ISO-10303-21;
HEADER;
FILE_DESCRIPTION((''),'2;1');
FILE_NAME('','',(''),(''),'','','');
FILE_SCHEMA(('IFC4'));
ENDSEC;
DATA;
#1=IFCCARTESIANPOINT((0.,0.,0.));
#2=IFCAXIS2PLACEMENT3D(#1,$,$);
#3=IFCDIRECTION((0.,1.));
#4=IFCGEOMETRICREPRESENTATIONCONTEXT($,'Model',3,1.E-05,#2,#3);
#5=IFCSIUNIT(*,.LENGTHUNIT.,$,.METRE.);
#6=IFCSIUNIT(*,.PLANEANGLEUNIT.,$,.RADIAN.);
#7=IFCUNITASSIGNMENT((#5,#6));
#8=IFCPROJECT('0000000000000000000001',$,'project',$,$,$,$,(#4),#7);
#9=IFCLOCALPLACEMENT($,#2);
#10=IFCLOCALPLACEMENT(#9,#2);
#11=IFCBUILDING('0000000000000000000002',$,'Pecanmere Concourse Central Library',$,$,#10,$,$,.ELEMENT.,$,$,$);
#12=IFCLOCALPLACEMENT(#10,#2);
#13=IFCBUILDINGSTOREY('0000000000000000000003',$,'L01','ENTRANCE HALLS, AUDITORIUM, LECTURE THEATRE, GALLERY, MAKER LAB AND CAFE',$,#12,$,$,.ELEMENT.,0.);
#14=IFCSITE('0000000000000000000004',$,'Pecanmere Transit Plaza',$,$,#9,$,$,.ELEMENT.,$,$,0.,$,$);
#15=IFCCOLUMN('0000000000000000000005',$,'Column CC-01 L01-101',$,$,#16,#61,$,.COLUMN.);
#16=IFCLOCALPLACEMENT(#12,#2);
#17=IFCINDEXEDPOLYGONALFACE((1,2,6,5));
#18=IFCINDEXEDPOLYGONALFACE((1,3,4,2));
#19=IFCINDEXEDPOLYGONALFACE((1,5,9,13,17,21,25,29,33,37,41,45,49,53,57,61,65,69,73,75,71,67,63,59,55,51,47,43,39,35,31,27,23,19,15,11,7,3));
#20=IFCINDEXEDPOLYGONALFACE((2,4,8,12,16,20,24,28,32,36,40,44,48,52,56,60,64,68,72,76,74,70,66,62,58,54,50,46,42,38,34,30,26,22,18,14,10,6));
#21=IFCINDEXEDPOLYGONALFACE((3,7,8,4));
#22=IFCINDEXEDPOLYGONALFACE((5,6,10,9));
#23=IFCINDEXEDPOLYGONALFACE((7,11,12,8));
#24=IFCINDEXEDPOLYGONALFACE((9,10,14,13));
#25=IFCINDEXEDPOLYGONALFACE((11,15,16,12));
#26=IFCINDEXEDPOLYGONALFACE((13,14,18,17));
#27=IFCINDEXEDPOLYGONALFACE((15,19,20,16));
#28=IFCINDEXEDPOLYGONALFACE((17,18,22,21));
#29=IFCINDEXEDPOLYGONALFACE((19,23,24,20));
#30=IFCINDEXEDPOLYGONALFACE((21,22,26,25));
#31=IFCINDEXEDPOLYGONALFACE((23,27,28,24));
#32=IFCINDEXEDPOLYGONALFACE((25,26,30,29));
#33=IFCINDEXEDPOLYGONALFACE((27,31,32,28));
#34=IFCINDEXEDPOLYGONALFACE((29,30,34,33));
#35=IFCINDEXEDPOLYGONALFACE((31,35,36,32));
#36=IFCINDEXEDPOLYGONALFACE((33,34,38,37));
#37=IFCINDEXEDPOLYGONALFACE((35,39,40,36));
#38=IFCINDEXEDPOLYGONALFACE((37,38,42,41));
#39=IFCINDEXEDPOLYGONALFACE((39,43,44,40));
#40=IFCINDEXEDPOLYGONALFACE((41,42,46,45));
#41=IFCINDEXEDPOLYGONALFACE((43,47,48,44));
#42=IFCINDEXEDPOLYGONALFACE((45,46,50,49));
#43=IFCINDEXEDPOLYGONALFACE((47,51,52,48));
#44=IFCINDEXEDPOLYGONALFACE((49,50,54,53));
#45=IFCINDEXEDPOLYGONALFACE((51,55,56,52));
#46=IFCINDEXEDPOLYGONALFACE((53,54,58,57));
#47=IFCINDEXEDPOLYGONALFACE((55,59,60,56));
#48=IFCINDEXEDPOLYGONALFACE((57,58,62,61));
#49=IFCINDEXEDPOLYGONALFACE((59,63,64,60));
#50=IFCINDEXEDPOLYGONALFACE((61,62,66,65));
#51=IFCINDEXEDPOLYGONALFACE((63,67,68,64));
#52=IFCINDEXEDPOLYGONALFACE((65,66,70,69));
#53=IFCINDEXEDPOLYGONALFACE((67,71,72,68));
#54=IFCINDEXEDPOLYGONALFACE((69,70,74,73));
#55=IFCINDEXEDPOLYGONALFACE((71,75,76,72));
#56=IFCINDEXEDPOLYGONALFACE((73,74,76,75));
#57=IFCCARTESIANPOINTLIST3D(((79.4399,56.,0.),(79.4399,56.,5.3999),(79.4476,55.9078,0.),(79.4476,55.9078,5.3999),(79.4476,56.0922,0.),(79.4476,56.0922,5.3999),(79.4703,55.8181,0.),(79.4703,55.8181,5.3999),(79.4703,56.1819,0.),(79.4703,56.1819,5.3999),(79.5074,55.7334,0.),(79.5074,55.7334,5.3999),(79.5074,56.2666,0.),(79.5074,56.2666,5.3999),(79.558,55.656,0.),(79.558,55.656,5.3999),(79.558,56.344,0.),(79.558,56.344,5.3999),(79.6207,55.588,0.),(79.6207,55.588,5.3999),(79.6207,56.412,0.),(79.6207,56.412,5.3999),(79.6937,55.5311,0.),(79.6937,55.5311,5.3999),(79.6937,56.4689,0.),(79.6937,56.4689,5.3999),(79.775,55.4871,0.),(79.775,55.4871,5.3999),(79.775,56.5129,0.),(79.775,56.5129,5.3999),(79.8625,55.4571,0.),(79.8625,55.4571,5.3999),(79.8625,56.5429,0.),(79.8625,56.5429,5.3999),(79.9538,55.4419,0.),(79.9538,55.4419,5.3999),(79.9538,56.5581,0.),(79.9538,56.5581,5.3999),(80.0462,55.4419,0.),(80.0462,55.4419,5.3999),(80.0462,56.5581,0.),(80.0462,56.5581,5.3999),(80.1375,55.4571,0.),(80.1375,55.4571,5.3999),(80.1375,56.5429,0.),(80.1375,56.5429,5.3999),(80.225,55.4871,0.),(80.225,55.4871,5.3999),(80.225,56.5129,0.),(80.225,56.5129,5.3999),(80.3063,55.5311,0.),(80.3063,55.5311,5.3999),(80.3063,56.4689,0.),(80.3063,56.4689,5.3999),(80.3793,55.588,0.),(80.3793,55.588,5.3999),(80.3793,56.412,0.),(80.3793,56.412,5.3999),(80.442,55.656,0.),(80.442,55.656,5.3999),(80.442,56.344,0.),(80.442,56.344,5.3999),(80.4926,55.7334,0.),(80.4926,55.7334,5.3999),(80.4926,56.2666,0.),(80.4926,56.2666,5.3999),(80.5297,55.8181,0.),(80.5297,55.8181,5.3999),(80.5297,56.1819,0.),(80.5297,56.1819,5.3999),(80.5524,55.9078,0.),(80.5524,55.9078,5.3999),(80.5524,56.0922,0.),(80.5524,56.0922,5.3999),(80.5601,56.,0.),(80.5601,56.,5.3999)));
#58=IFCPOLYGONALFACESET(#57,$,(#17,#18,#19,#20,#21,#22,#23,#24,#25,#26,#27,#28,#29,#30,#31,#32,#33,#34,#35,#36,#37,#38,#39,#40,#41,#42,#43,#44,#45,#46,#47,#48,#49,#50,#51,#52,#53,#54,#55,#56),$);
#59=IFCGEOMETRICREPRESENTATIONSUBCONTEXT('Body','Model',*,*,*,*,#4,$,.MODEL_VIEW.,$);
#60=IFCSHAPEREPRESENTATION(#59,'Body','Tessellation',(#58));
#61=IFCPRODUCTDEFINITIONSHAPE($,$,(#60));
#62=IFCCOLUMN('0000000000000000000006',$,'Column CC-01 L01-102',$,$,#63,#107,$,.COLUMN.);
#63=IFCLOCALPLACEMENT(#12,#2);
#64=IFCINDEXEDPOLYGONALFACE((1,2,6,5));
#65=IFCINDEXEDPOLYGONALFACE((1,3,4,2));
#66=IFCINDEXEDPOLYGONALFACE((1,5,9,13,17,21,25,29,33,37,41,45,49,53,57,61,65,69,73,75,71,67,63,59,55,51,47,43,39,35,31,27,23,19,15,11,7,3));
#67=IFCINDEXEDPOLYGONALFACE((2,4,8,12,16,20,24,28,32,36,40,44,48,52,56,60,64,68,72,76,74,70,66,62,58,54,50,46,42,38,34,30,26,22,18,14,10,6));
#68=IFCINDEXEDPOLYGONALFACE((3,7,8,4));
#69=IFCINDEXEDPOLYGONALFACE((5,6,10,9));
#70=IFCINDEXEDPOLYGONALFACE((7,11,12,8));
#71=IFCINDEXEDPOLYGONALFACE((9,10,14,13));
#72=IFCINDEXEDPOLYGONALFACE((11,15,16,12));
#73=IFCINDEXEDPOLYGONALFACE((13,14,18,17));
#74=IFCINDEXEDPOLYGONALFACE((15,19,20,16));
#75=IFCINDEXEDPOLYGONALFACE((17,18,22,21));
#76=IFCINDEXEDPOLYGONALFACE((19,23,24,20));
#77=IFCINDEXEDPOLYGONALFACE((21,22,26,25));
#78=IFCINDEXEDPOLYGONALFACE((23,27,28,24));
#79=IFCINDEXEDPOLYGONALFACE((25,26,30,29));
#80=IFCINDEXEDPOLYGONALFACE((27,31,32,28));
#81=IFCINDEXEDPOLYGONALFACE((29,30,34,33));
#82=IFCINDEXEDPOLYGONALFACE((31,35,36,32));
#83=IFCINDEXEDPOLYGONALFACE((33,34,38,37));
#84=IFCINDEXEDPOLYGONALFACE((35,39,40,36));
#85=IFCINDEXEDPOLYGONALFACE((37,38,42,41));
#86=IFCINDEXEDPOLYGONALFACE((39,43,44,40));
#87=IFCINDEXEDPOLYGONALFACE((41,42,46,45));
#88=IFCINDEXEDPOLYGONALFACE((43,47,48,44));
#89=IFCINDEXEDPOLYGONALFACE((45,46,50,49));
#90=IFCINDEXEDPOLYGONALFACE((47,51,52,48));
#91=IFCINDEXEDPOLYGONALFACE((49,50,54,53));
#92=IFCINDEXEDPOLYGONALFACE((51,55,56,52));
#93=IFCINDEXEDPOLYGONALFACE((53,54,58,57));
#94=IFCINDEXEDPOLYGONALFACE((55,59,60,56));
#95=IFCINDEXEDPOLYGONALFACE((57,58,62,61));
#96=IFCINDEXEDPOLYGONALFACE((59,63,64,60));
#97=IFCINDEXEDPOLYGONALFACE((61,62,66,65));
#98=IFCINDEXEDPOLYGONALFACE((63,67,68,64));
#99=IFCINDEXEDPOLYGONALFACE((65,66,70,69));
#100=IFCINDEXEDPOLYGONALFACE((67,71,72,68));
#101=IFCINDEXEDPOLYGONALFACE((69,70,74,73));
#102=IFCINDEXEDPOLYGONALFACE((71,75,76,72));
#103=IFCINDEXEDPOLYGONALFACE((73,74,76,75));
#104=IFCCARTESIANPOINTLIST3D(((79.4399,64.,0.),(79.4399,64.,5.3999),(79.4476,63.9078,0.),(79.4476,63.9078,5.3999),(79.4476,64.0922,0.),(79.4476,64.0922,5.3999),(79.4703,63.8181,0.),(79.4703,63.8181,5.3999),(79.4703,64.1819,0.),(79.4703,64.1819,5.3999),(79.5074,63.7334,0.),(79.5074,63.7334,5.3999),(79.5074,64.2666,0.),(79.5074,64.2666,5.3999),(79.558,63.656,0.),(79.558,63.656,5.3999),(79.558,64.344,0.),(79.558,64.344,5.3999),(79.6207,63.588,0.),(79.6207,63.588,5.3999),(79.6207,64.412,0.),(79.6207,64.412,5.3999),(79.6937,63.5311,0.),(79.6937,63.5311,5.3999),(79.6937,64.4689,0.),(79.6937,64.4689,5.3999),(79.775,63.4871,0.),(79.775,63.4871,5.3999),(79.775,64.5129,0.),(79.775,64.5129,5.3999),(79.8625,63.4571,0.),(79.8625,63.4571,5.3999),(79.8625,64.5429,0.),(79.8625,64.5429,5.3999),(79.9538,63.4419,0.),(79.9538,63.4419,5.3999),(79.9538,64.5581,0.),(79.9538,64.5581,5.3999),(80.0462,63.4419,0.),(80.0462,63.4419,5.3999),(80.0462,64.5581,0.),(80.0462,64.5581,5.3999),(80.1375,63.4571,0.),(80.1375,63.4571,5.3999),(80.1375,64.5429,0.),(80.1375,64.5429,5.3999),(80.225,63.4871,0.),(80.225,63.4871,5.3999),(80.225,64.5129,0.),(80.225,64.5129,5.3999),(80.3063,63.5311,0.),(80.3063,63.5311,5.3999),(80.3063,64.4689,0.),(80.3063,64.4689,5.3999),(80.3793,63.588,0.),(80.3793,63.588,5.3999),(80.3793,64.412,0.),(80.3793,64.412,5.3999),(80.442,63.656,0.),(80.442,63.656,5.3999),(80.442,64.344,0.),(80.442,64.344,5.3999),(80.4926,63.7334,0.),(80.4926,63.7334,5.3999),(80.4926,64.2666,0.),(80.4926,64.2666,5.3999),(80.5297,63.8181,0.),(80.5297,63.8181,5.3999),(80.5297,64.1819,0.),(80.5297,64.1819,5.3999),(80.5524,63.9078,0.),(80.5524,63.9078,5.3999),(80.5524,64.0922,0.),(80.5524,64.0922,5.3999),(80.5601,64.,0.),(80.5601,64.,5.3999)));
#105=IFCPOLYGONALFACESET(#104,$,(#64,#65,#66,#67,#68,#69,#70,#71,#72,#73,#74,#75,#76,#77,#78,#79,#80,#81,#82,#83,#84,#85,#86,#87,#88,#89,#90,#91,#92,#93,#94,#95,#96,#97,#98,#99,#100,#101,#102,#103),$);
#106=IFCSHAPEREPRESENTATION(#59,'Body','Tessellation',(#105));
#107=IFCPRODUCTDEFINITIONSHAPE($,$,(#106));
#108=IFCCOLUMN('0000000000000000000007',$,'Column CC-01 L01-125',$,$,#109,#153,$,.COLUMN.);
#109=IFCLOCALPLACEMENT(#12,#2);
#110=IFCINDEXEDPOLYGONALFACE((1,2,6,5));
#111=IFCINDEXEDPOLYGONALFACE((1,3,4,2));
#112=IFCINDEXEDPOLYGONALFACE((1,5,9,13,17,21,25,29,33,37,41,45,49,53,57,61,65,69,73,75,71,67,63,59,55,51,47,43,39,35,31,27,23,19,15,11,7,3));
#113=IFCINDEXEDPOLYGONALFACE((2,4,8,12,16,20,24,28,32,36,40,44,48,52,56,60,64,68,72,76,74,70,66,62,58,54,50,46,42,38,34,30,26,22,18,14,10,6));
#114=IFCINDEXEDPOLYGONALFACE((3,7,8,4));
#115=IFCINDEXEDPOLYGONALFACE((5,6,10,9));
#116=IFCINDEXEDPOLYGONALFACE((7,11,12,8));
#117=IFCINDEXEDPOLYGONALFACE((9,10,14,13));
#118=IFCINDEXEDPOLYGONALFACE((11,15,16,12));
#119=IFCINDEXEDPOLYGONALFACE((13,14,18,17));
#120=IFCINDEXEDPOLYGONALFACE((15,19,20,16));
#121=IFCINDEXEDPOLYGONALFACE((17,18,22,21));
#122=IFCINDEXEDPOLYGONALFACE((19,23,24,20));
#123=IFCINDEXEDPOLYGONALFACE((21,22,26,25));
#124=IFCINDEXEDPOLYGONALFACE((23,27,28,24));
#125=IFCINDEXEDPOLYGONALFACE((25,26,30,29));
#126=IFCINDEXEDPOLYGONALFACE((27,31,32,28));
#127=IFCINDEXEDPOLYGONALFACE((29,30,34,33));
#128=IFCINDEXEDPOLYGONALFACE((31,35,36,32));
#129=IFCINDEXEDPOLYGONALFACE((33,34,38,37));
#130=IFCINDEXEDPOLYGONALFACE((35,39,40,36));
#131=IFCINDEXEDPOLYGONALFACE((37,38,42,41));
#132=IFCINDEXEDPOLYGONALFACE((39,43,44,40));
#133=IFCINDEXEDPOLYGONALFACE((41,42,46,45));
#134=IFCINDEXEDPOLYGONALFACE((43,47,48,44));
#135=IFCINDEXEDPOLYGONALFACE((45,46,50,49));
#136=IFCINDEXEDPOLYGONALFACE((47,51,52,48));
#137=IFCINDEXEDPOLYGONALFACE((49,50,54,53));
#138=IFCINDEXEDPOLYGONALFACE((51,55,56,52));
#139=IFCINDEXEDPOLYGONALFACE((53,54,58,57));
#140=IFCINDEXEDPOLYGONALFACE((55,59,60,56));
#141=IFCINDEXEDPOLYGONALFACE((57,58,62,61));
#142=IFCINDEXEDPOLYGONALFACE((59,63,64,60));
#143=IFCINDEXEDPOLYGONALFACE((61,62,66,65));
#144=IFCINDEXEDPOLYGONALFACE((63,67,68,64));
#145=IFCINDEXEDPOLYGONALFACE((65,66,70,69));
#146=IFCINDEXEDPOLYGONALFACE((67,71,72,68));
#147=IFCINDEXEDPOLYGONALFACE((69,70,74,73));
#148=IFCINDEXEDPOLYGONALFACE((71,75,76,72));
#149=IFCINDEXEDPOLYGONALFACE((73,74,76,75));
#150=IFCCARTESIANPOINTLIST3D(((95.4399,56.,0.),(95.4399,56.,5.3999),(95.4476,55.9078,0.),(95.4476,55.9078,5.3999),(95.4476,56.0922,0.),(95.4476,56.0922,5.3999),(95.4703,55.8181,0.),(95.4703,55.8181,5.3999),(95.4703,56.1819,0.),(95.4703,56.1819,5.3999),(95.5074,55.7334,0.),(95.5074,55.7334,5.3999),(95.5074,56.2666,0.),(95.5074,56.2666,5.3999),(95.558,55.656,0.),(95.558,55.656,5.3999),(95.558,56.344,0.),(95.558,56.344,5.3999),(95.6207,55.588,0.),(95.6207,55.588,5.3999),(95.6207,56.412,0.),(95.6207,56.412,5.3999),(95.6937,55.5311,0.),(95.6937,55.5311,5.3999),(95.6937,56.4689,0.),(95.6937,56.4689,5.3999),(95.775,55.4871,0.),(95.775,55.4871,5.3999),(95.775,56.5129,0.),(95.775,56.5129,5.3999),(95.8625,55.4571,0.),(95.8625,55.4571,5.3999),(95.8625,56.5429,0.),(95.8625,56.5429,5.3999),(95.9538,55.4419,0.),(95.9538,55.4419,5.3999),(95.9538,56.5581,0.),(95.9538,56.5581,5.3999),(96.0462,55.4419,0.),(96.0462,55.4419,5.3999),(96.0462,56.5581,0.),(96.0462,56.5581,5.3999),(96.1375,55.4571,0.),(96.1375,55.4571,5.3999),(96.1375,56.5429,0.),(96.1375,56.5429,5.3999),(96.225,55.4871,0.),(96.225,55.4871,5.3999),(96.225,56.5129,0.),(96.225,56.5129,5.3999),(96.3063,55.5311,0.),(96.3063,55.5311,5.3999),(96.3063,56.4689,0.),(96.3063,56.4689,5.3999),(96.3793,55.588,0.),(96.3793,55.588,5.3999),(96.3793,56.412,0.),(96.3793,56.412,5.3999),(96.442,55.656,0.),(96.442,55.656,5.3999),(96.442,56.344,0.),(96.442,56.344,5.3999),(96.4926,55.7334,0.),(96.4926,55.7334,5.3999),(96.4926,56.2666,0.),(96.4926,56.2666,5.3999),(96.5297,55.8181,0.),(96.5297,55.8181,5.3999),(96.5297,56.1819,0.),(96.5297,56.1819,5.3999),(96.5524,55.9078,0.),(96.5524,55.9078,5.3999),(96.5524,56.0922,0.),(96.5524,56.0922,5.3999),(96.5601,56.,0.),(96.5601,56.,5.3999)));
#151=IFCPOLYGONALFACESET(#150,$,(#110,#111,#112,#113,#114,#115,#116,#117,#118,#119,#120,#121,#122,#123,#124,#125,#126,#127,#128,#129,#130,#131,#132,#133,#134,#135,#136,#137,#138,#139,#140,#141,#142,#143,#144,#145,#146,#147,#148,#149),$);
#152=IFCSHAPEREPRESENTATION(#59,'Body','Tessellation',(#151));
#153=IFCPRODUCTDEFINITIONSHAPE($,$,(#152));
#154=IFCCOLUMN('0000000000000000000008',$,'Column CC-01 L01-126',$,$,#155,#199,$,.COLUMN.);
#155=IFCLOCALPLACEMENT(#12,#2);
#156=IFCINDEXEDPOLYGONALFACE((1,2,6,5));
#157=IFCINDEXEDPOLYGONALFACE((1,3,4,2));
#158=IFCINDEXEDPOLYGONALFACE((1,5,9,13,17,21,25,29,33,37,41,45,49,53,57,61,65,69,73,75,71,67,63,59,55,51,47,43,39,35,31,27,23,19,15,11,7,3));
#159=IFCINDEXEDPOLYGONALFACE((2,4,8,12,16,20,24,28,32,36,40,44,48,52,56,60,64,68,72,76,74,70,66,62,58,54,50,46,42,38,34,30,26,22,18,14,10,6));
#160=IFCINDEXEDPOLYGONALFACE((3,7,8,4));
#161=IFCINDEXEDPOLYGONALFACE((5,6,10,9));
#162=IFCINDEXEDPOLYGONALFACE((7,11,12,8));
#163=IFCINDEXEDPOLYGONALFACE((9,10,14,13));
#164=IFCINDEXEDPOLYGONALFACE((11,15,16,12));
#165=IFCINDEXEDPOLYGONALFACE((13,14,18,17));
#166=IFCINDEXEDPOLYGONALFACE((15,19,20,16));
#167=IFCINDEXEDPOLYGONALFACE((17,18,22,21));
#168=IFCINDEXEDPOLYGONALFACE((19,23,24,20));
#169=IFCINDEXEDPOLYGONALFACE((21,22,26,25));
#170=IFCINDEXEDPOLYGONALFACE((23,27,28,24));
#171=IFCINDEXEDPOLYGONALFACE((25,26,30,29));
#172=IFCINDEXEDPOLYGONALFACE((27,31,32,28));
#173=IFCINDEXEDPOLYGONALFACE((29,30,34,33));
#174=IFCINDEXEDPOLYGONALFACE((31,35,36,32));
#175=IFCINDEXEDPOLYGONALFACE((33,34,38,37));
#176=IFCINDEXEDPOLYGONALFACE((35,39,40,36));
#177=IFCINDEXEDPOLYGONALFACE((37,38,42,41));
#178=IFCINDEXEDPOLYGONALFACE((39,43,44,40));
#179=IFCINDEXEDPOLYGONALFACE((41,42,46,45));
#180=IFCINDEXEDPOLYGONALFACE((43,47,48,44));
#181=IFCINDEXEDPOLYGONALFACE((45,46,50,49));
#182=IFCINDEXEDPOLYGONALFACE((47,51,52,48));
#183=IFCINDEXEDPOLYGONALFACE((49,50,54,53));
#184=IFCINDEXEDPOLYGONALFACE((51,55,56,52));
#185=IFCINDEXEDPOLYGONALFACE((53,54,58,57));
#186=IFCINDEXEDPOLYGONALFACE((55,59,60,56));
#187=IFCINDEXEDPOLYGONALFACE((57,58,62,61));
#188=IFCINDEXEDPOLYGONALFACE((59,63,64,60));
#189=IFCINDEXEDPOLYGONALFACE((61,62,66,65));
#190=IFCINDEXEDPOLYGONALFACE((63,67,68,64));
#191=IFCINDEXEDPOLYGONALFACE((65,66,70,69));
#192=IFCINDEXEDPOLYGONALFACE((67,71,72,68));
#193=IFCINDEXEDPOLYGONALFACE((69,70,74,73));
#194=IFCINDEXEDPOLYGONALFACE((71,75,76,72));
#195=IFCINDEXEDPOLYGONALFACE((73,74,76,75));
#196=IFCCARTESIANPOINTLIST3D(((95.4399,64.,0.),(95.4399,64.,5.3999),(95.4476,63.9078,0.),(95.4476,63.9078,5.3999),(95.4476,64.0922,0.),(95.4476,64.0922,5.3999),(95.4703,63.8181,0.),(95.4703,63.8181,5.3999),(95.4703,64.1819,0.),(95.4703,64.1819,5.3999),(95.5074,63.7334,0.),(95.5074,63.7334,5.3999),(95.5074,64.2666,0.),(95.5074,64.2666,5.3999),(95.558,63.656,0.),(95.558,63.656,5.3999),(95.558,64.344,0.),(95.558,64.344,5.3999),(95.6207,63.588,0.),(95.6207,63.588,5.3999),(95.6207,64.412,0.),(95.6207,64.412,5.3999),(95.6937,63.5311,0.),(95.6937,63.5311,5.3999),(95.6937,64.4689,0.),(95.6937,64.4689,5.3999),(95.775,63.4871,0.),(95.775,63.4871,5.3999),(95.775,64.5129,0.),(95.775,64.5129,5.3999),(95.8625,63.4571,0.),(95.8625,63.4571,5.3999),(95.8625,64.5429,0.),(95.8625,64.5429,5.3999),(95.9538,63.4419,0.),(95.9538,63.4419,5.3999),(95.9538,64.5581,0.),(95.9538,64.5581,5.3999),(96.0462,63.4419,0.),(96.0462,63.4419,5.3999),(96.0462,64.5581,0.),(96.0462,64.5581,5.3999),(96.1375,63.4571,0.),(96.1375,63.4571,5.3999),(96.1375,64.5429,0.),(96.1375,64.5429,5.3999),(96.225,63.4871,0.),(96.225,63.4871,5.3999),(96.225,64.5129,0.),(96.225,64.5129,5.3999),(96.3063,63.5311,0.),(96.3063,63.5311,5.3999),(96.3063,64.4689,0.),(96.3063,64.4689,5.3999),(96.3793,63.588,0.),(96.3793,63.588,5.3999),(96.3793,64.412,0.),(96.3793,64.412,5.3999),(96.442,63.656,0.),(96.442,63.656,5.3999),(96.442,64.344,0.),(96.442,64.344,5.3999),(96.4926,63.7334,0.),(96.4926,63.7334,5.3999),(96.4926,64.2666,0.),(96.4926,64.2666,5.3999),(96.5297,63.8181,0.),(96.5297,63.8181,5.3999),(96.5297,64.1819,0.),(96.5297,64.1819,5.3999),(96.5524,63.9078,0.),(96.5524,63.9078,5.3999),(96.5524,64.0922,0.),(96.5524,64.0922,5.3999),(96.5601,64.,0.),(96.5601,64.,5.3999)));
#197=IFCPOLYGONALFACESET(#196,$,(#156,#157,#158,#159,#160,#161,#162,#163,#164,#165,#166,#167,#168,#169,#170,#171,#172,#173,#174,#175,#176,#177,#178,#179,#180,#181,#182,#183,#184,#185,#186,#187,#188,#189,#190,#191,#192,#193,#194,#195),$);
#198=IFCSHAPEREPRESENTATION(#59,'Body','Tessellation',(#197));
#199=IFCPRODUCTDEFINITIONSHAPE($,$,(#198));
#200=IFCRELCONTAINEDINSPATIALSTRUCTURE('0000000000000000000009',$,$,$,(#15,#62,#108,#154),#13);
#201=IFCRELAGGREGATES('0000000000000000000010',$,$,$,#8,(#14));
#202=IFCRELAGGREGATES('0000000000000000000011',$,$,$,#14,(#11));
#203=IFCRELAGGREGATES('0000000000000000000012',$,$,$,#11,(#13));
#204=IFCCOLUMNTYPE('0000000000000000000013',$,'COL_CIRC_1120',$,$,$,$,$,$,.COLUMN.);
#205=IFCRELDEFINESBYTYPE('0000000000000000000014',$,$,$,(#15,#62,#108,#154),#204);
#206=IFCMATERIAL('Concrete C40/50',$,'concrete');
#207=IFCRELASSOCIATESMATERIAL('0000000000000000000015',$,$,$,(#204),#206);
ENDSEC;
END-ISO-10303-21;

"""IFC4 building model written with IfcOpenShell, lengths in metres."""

from ifc_helpers import new_model, si_unit, direction, frame, origin, origin_2d, place, context, subcontext, project, spatial, circle, extrude, material, material_profile, profile_set, type_object, element, save


model = new_model("IFC4")

# Units and contexts
model_context = context("Model", 3, precision=1e-05, world=origin(), true_north=direction((0.0, 1.0)))
body_context = subcontext(model_context, "Body", "Model", "MODEL_VIEW")
ifc_project = project(units=[si_unit("LENGTHUNIT", "METRE"), si_unit("PLANEANGLEUNIT", "RADIAN")], contexts=[model_context])

# Site, building, storey
site_placement = place(None, origin())
site = spatial("IfcSite", under=ifc_project, at=site_placement, Name="Pecanmere Transit Plaza", CompositionType="ELEMENT", RefElevation=0.0)
building_placement = place(site_placement, origin())
building = spatial("IfcBuilding", under=site, at=building_placement, Name="Pecanmere Concourse Central Library", CompositionType="ELEMENT")
storey_placement = place(building_placement, origin())
storey = spatial("IfcBuildingStorey", under=building, at=storey_placement, Name="L01", Description="ENTRANCE HALLS, AUDITORIUM, LECTURE THEATRE, GALLERY, MAKER LAB AND CAFE", CompositionType="ELEMENT", Elevation=0.0)

# Columns
ifc_material_1 = material(Name="Concrete C40/50", Category="concrete")
ifc_material_profile_1 = material_profile(ifc_material_1, circle(Radius=0.5601, at=origin_2d()), Name="RC D1120")
ifc_profile_set_1 = profile_set([ifc_material_profile_1], Name="Concrete C40/50")
column_type_1 = type_object("IfcColumnType", Name="COL_CIRC_1120", PredefinedType="COLUMN", material=ifc_profile_set_1)
for number, where, z_axis, x_axis, name in (
    (1, (80.0, 56.0, 0.0), (0.0, 0.0, 1.0), (1.0, 0.0, 0.0), "Column CC-01 L01-101"),
    (2, (80.0, 64.0, 0.0), (0.0, 0.0, 1.0), (1.0, 0.0, 0.0), "Column CC-01 L01-102"),
    (3, (96.0, 56.0, 0.0), (0.0, 0.0, 1.0), (1.0, 0.0, 0.0), "Column CC-01 L01-125"),
    (4, (96.0, 64.0, 0.0), (0.0, 0.0, 1.0), (1.0, 0.0, 0.0), "Column CC-01 L01-126"),
):
    element("IfcColumn", number, at=place(storey_placement, frame(where, z_axis=z_axis, x_axis=x_axis)), inside=storey, type_object=column_type_1, Name=name, PredefinedType="COLUMN", context=body_context, shape_type="SweptSolid", body=[
        extrude(circle(Radius=0.5601, at=origin_2d()), origin(), (0.0, 0.0, 1.0), 5.3999),
    ])

save(model, "model.ifc")
